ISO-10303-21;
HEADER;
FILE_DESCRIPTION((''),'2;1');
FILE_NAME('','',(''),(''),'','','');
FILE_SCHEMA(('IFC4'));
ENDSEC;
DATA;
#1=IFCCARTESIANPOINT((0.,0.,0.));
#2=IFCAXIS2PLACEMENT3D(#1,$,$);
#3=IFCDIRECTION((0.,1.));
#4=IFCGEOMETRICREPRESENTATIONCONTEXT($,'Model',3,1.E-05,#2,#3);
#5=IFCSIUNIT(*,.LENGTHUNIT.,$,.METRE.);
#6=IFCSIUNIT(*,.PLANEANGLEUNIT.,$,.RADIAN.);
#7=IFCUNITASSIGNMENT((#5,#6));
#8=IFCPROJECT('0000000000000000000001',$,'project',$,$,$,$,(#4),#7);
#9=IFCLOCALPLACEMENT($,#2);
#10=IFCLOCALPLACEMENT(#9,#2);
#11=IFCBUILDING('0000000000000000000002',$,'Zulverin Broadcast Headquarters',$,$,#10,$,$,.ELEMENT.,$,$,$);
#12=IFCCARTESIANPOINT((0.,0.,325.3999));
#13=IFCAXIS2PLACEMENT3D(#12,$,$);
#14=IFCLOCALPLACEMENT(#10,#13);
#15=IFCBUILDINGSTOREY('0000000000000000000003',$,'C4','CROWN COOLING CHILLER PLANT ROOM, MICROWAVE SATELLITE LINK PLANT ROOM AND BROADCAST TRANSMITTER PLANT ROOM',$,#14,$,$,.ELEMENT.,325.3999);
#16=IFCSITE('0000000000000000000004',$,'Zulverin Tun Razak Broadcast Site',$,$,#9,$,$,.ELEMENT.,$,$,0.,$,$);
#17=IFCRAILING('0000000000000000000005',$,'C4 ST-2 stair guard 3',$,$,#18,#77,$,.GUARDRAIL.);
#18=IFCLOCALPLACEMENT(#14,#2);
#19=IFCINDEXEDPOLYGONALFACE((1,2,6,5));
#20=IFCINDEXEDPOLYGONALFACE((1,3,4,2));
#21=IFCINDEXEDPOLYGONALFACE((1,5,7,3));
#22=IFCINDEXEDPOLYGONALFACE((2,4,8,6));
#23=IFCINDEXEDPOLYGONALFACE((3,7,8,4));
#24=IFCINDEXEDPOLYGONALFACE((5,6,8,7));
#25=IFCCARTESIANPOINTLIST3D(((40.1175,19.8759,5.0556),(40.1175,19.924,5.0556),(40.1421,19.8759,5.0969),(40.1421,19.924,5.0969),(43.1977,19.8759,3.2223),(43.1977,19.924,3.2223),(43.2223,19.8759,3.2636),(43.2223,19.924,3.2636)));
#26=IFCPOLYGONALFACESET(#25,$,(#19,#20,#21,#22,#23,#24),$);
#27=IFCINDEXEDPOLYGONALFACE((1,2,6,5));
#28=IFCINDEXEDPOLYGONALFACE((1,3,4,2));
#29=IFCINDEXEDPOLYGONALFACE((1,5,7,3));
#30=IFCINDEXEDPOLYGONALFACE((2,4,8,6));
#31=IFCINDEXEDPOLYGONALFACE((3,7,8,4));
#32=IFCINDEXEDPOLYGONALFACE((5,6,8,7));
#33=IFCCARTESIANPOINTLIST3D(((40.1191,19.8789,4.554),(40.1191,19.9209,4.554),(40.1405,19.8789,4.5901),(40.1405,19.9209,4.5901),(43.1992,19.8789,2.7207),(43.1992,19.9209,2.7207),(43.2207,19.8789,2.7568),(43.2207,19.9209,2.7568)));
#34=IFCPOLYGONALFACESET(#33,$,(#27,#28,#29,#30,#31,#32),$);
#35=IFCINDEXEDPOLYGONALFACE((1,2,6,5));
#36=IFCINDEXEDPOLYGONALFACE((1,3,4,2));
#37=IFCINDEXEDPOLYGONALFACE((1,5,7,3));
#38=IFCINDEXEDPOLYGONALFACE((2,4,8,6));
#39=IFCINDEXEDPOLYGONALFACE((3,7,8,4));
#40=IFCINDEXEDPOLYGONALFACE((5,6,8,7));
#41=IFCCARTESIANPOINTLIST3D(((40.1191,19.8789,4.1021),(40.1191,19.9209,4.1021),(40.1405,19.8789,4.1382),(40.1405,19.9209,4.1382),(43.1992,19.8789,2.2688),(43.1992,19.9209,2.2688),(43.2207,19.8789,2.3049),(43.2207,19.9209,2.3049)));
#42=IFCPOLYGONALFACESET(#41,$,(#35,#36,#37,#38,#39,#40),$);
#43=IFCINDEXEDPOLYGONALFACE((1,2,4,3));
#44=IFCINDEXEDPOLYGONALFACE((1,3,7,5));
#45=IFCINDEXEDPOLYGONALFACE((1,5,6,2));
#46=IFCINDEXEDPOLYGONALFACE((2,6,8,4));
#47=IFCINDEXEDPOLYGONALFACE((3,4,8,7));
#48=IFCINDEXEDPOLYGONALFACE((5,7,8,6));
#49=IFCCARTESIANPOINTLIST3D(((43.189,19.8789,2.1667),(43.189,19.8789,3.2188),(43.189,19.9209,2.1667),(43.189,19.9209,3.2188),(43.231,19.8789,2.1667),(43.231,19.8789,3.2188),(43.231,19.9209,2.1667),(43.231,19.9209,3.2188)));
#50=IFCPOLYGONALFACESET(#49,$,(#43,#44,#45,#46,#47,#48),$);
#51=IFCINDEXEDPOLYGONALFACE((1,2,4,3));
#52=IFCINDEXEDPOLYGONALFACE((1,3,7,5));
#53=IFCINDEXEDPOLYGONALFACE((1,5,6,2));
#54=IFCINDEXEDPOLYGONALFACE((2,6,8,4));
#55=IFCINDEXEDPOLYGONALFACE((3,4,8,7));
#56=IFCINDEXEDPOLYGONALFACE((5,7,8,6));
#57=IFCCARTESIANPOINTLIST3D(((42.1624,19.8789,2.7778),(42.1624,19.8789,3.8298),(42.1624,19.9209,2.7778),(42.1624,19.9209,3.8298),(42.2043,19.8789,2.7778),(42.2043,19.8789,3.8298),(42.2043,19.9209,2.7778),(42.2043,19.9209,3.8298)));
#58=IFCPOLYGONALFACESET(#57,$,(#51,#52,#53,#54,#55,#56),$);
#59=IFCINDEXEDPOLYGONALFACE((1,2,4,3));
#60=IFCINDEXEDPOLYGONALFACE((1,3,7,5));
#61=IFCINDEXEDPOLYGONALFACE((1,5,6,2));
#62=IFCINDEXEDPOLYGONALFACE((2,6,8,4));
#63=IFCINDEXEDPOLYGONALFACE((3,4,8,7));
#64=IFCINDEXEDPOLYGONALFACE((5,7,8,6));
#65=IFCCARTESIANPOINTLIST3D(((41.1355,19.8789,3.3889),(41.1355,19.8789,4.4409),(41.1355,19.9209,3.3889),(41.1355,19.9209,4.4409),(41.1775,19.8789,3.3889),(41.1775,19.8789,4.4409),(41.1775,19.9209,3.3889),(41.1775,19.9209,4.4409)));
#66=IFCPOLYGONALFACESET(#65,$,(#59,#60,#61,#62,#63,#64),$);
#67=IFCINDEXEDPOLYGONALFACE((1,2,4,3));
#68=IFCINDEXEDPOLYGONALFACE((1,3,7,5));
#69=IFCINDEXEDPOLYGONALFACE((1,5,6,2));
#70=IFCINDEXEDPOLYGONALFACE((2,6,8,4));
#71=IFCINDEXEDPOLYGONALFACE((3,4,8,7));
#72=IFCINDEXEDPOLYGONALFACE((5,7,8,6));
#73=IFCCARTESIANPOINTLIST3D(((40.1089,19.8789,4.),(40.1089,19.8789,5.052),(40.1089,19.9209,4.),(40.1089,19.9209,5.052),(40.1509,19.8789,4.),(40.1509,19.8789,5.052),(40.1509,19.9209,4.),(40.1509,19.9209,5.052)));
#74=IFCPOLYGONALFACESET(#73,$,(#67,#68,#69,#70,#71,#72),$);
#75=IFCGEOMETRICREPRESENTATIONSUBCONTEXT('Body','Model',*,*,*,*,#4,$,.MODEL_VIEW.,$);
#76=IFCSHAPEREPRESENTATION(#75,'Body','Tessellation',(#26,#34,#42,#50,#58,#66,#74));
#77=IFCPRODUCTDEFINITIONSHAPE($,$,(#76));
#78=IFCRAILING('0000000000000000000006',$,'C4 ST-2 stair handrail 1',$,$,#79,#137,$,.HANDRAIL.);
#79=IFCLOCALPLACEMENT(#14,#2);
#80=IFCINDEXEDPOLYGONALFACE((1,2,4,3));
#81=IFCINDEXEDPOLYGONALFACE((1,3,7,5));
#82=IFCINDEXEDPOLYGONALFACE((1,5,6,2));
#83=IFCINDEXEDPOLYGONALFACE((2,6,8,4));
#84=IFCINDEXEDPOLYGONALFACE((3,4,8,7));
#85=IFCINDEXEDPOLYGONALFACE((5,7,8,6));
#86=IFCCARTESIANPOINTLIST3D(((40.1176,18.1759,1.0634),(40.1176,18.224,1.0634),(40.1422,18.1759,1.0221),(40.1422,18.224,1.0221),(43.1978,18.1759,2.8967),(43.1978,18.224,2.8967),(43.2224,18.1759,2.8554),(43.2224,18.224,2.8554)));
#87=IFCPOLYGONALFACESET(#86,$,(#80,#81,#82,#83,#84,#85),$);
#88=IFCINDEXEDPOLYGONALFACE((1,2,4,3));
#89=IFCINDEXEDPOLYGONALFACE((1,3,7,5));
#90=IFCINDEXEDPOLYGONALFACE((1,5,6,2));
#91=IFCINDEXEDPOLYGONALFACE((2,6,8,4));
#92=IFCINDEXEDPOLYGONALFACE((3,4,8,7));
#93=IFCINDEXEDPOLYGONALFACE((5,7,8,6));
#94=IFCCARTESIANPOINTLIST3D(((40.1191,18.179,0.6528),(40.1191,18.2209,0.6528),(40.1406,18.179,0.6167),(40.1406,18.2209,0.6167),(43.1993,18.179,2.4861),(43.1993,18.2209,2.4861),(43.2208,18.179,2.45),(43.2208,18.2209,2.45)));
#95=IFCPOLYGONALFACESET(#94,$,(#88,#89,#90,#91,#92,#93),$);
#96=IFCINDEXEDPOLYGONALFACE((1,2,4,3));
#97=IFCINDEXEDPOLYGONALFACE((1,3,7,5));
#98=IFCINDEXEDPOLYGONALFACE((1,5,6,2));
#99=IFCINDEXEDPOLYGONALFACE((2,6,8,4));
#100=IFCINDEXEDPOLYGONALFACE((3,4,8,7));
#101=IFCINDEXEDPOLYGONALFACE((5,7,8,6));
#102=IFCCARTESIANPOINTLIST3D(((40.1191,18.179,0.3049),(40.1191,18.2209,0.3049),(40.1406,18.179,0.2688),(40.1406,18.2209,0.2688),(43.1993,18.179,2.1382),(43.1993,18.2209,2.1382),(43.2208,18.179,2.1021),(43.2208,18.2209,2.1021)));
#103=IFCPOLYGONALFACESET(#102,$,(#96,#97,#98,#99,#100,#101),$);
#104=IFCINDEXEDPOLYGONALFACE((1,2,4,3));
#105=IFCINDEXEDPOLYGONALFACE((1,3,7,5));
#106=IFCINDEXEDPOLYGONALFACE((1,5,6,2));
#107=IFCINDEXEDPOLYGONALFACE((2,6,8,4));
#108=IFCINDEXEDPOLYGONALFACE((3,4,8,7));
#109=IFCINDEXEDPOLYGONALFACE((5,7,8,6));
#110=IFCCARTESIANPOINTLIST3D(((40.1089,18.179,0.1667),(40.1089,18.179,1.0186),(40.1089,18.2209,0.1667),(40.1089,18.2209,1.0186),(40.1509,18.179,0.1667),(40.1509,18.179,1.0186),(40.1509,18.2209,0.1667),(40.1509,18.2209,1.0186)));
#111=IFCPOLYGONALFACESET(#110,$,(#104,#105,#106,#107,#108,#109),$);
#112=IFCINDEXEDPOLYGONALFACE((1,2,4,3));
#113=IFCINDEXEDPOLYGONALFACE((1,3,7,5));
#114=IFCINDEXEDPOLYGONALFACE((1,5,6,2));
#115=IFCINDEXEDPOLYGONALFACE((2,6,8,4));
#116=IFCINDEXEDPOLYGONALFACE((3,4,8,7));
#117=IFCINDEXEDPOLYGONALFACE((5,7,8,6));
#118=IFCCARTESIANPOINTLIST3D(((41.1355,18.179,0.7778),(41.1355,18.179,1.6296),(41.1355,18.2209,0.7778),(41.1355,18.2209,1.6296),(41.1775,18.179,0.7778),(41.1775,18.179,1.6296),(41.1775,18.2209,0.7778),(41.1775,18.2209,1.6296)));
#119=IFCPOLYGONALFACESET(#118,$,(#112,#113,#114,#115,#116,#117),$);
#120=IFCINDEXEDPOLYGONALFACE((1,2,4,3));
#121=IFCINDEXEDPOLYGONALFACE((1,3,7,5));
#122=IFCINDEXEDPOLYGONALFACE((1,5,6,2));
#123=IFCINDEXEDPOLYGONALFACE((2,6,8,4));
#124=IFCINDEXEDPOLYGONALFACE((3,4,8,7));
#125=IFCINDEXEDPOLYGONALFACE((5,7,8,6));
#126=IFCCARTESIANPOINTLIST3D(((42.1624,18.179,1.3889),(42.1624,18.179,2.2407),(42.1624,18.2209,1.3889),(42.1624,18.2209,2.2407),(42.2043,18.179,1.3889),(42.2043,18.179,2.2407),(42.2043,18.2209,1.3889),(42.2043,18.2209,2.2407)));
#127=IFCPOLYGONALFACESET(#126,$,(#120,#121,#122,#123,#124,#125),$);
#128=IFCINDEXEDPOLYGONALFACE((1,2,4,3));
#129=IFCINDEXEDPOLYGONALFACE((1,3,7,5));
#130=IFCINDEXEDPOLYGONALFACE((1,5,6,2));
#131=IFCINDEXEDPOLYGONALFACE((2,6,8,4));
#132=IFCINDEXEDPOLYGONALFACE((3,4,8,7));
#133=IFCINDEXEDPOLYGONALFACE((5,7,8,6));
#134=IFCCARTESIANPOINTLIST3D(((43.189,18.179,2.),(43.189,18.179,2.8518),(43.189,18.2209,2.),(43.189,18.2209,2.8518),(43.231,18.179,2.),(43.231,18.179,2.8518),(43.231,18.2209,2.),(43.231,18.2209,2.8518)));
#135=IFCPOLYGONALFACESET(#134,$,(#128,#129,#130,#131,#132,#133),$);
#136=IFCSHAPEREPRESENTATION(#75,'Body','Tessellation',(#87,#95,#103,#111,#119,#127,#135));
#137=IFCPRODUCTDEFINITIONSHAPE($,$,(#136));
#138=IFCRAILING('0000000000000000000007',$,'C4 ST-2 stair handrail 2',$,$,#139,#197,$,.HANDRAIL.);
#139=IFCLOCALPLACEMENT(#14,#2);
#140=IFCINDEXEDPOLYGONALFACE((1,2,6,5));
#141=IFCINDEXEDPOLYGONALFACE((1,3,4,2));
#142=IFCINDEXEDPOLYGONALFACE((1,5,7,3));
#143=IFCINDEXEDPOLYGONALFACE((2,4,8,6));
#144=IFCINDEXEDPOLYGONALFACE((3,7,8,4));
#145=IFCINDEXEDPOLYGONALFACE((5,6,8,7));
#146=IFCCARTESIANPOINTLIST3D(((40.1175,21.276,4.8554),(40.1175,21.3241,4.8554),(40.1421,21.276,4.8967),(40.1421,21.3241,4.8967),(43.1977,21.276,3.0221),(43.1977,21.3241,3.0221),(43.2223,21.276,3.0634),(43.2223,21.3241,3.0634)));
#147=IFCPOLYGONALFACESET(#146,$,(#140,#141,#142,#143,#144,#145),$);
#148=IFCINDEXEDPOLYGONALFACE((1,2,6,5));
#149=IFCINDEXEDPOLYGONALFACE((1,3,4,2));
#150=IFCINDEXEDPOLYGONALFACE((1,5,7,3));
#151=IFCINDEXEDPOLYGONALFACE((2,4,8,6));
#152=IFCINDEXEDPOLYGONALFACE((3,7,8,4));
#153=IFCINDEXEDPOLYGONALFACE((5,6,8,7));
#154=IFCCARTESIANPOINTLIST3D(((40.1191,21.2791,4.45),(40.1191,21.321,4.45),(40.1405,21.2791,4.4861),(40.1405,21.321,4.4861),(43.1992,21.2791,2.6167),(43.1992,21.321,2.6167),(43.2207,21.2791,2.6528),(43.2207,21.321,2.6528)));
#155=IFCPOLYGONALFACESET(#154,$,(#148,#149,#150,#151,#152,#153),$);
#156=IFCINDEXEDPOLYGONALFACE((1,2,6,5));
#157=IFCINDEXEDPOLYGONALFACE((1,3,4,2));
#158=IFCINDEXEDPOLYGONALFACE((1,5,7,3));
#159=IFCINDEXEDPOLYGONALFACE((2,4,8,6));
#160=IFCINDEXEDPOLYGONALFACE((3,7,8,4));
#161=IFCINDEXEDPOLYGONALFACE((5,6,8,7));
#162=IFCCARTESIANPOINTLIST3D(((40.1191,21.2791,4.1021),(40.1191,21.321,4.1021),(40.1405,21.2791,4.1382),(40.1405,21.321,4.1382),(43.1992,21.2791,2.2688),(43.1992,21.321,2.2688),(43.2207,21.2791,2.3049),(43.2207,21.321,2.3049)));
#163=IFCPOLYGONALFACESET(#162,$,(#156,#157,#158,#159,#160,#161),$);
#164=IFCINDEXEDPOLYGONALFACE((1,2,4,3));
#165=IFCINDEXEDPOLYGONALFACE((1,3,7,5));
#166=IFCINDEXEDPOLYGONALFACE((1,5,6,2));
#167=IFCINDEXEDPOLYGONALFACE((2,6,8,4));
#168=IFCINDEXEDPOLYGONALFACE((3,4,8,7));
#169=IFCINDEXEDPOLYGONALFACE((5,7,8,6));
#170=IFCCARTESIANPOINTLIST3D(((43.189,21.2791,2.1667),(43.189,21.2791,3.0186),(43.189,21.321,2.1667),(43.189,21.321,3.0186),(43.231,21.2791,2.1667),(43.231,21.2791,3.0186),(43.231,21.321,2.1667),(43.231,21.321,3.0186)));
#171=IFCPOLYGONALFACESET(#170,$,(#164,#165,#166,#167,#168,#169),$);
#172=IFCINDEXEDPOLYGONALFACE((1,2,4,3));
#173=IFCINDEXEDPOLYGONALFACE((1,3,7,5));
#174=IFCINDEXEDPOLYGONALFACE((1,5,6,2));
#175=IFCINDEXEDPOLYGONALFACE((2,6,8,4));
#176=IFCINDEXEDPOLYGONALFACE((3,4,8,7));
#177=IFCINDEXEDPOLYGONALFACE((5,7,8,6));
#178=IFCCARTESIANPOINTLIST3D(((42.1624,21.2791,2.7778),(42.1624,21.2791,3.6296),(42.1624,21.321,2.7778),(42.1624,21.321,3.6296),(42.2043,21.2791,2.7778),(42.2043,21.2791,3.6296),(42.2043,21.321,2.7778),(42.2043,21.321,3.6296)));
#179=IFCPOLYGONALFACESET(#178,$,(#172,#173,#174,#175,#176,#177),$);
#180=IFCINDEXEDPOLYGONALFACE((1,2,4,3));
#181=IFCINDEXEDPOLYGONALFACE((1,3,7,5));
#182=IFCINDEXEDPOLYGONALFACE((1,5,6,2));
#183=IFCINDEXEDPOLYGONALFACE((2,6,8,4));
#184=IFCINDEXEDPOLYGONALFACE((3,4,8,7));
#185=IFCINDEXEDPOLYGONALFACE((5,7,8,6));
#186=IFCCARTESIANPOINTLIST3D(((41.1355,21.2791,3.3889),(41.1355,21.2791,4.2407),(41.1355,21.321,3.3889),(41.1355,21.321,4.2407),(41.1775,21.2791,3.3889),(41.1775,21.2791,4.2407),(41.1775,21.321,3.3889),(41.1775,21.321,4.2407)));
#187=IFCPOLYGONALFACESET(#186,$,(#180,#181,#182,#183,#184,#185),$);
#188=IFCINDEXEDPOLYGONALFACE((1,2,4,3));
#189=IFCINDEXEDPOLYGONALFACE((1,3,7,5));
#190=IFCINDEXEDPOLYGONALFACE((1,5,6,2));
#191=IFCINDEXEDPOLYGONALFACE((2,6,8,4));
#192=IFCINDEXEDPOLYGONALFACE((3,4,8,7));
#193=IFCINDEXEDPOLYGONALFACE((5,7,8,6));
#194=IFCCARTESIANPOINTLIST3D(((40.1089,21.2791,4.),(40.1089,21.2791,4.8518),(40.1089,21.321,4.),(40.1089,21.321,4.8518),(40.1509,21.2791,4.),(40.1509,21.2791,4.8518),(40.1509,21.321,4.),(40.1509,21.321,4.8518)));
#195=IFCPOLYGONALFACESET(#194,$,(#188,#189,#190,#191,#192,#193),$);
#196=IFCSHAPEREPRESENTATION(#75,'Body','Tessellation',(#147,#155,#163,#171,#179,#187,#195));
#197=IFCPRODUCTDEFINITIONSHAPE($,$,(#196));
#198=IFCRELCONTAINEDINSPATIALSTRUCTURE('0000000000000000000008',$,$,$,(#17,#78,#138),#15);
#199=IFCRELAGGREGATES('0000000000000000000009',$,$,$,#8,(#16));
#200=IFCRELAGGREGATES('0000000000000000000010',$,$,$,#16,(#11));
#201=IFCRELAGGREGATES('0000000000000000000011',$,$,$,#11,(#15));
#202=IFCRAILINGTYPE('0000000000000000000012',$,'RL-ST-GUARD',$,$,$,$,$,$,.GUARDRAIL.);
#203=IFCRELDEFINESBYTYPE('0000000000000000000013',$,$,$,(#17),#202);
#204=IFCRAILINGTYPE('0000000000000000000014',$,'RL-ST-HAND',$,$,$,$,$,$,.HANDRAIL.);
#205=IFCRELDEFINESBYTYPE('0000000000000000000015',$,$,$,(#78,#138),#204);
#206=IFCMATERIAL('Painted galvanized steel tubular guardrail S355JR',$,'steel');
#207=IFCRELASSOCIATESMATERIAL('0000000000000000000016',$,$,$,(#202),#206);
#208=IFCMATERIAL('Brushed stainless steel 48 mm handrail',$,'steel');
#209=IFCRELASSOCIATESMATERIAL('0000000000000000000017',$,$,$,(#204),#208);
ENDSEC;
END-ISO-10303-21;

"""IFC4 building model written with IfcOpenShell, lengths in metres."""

from ifc_helpers import new_model, si_unit, direction, frame, origin, origin_2d, place, context, subcontext, project, spatial, rectangle, extrude, material, type_object, element, save


model = new_model("IFC4")

# Units and contexts
model_context = context("Model", 3, precision=1e-05, world=origin(), true_north=direction((0.0, 1.0)))
body_context = subcontext(model_context, "Body", "Model", "MODEL_VIEW")
ifc_project = project(units=[si_unit("LENGTHUNIT", "METRE"), si_unit("PLANEANGLEUNIT", "RADIAN")], contexts=[model_context])

# Site, building, storey
site_placement = place(None, origin())
site = spatial("IfcSite", under=ifc_project, at=site_placement, Name="Zulverin Tun Razak Broadcast Site", CompositionType="ELEMENT", RefElevation=0.0)
building_placement = place(site_placement, origin())
building = spatial("IfcBuilding", under=site, at=building_placement, Name="Zulverin Broadcast Headquarters", CompositionType="ELEMENT")
storey_placement = place(building_placement, frame((0.0, 0.0, 325.3999)))
storey = spatial("IfcBuildingStorey", under=building, at=storey_placement, Name="C4", Description="CROWN COOLING CHILLER PLANT ROOM, MICROWAVE SATELLITE LINK PLANT ROOM AND BROADCAST TRANSMITTER PLANT ROOM", CompositionType="ELEMENT", Elevation=325.3999)

# Railings
ifc_material_1 = material(Name="Painted galvanized steel tubular guardrail S355JR", Category="steel")
railing_type_1 = type_object("IfcRailingType", Name="RL-ST-GUARD", PredefinedType="GUARDRAIL", material=ifc_material_1)
railing_1_placement = place(storey_placement, frame((43.21, 19.8999, 2.1667)))
element("IfcRailing", 1, at=railing_1_placement, inside=storey, type_object=railing_type_1, Name="C4 ST-2 stair guard 3", PredefinedType="GUARDRAIL", context=body_context, shape_type="SweptSolid", body=[
    extrude(rectangle(XDim=0.0481, YDim=0.0481, at=origin_2d()), frame((0.0, 0.0, 1.0762), z_axis=(-0.859309, 0.0, 0.511458), x_axis=(0.0, -1.0, 0.0)), (0.0, 0.0, 1.0), 3.5845),
    extrude(rectangle(XDim=0.042, YDim=0.042, at=origin_2d()), frame((0.0, 0.0, 0.572), z_axis=(-0.859309, 0.0, 0.511458), x_axis=(0.0, -1.0, 0.0)), (0.0, 0.0, 1.0), 3.5845),
    extrude(rectangle(XDim=0.042, YDim=0.042, at=origin_2d()), frame((0.0, 0.0, 0.1201), z_axis=(-0.859309, 0.0, 0.511458), x_axis=(0.0, -1.0, 0.0)), (0.0, 0.0, 1.0), 3.5845),
    extrude(rectangle(XDim=0.042, YDim=0.042, at=origin_2d()), origin(), (0.0, 0.0, 1.0), 1.052),
    extrude(rectangle(XDim=0.042, YDim=0.042, at=origin_2d()), frame((-1.0266, 0.0, 0.6111)), (0.0, 0.0, 1.0), 1.052),
    extrude(rectangle(XDim=0.042, YDim=0.042, at=origin_2d()), frame((-2.0535, 0.0, 1.2222)), (0.0, 0.0, 1.0), 1.052),
    extrude(rectangle(XDim=0.042, YDim=0.042, at=origin_2d()), frame((-3.0801, 0.0, 1.8333)), (0.0, 0.0, 1.0), 1.052),
])
ifc_material_2 = material(Name="Brushed stainless steel 48 mm handrail", Category="steel")
railing_type_2 = type_object("IfcRailingType", Name="RL-ST-HAND", PredefinedType="HANDRAIL", material=ifc_material_2)
railing_2_placement = place(storey_placement, frame((40.1299, 18.2, 0.1667)))
element("IfcRailing", 2, at=railing_2_placement, inside=storey, type_object=railing_type_2, Name="C4 ST-2 stair handrail 1", PredefinedType="HANDRAIL", context=body_context, shape_type="SweptSolid", body=[
    extrude(rectangle(XDim=0.0481, YDim=0.0481, at=origin_2d()), frame((0.0, 0.0, 0.876), z_axis=(0.859309, 0.0, 0.511458), x_axis=(0.0, 1.0, 0.0)), (0.0, 0.0, 1.0), 3.5845),
    extrude(rectangle(XDim=0.042, YDim=0.042, at=origin_2d()), frame((0.0, 0.0, 0.468), z_axis=(0.859309, 0.0, 0.511458), x_axis=(0.0, 1.0, 0.0)), (0.0, 0.0, 1.0), 3.5845),
    extrude(rectangle(XDim=0.042, YDim=0.042, at=origin_2d()), frame((0.0, 0.0, 0.1201), z_axis=(0.859309, 0.0, 0.511458), x_axis=(0.0, 1.0, 0.0)), (0.0, 0.0, 1.0), 3.5845),
    extrude(rectangle(XDim=0.042, YDim=0.042, at=origin_2d()), origin(), (0.0, 0.0, 1.0), 0.8518),
    extrude(rectangle(XDim=0.042, YDim=0.042, at=origin_2d()), frame((1.0266, 0.0, 0.6111)), (0.0, 0.0, 1.0), 0.8518),
    extrude(rectangle(XDim=0.042, YDim=0.042, at=origin_2d()), frame((2.0535, 0.0, 1.2222)), (0.0, 0.0, 1.0), 0.8518),
    extrude(rectangle(XDim=0.042, YDim=0.042, at=origin_2d()), frame((3.0801, 0.0, 1.8333)), (0.0, 0.0, 1.0), 0.8518),
])
railing_3_placement = place(storey_placement, frame((43.21, 21.3, 2.1667)))
element("IfcRailing", 3, at=railing_3_placement, inside=storey, type_object=railing_type_2, Name="C4 ST-2 stair handrail 2", PredefinedType="HANDRAIL", context=body_context, shape_type="SweptSolid", body=[
    extrude(rectangle(XDim=0.0481, YDim=0.0481, at=origin_2d()), frame((0.0, 0.0, 0.876), z_axis=(-0.859309, 0.0, 0.511458), x_axis=(0.0, -1.0, 0.0)), (0.0, 0.0, 1.0), 3.5845),
    extrude(rectangle(XDim=0.042, YDim=0.042, at=origin_2d()), frame((0.0, 0.0, 0.468), z_axis=(-0.859309, 0.0, 0.511458), x_axis=(0.0, -1.0, 0.0)), (0.0, 0.0, 1.0), 3.5845),
    extrude(rectangle(XDim=0.042, YDim=0.042, at=origin_2d()), frame((0.0, 0.0, 0.1201), z_axis=(-0.859309, 0.0, 0.511458), x_axis=(0.0, -1.0, 0.0)), (0.0, 0.0, 1.0), 3.5845),
    extrude(rectangle(XDim=0.042, YDim=0.042, at=origin_2d()), origin(), (0.0, 0.0, 1.0), 0.8518),
    extrude(rectangle(XDim=0.042, YDim=0.042, at=origin_2d()), frame((-1.0266, 0.0, 0.6111)), (0.0, 0.0, 1.0), 0.8518),
    extrude(rectangle(XDim=0.042, YDim=0.042, at=origin_2d()), frame((-2.0535, 0.0, 1.2222)), (0.0, 0.0, 1.0), 0.8518),
    extrude(rectangle(XDim=0.042, YDim=0.042, at=origin_2d()), frame((-3.0801, 0.0, 1.8333)), (0.0, 0.0, 1.0), 0.8518),
])

save(model, "model.ifc")
